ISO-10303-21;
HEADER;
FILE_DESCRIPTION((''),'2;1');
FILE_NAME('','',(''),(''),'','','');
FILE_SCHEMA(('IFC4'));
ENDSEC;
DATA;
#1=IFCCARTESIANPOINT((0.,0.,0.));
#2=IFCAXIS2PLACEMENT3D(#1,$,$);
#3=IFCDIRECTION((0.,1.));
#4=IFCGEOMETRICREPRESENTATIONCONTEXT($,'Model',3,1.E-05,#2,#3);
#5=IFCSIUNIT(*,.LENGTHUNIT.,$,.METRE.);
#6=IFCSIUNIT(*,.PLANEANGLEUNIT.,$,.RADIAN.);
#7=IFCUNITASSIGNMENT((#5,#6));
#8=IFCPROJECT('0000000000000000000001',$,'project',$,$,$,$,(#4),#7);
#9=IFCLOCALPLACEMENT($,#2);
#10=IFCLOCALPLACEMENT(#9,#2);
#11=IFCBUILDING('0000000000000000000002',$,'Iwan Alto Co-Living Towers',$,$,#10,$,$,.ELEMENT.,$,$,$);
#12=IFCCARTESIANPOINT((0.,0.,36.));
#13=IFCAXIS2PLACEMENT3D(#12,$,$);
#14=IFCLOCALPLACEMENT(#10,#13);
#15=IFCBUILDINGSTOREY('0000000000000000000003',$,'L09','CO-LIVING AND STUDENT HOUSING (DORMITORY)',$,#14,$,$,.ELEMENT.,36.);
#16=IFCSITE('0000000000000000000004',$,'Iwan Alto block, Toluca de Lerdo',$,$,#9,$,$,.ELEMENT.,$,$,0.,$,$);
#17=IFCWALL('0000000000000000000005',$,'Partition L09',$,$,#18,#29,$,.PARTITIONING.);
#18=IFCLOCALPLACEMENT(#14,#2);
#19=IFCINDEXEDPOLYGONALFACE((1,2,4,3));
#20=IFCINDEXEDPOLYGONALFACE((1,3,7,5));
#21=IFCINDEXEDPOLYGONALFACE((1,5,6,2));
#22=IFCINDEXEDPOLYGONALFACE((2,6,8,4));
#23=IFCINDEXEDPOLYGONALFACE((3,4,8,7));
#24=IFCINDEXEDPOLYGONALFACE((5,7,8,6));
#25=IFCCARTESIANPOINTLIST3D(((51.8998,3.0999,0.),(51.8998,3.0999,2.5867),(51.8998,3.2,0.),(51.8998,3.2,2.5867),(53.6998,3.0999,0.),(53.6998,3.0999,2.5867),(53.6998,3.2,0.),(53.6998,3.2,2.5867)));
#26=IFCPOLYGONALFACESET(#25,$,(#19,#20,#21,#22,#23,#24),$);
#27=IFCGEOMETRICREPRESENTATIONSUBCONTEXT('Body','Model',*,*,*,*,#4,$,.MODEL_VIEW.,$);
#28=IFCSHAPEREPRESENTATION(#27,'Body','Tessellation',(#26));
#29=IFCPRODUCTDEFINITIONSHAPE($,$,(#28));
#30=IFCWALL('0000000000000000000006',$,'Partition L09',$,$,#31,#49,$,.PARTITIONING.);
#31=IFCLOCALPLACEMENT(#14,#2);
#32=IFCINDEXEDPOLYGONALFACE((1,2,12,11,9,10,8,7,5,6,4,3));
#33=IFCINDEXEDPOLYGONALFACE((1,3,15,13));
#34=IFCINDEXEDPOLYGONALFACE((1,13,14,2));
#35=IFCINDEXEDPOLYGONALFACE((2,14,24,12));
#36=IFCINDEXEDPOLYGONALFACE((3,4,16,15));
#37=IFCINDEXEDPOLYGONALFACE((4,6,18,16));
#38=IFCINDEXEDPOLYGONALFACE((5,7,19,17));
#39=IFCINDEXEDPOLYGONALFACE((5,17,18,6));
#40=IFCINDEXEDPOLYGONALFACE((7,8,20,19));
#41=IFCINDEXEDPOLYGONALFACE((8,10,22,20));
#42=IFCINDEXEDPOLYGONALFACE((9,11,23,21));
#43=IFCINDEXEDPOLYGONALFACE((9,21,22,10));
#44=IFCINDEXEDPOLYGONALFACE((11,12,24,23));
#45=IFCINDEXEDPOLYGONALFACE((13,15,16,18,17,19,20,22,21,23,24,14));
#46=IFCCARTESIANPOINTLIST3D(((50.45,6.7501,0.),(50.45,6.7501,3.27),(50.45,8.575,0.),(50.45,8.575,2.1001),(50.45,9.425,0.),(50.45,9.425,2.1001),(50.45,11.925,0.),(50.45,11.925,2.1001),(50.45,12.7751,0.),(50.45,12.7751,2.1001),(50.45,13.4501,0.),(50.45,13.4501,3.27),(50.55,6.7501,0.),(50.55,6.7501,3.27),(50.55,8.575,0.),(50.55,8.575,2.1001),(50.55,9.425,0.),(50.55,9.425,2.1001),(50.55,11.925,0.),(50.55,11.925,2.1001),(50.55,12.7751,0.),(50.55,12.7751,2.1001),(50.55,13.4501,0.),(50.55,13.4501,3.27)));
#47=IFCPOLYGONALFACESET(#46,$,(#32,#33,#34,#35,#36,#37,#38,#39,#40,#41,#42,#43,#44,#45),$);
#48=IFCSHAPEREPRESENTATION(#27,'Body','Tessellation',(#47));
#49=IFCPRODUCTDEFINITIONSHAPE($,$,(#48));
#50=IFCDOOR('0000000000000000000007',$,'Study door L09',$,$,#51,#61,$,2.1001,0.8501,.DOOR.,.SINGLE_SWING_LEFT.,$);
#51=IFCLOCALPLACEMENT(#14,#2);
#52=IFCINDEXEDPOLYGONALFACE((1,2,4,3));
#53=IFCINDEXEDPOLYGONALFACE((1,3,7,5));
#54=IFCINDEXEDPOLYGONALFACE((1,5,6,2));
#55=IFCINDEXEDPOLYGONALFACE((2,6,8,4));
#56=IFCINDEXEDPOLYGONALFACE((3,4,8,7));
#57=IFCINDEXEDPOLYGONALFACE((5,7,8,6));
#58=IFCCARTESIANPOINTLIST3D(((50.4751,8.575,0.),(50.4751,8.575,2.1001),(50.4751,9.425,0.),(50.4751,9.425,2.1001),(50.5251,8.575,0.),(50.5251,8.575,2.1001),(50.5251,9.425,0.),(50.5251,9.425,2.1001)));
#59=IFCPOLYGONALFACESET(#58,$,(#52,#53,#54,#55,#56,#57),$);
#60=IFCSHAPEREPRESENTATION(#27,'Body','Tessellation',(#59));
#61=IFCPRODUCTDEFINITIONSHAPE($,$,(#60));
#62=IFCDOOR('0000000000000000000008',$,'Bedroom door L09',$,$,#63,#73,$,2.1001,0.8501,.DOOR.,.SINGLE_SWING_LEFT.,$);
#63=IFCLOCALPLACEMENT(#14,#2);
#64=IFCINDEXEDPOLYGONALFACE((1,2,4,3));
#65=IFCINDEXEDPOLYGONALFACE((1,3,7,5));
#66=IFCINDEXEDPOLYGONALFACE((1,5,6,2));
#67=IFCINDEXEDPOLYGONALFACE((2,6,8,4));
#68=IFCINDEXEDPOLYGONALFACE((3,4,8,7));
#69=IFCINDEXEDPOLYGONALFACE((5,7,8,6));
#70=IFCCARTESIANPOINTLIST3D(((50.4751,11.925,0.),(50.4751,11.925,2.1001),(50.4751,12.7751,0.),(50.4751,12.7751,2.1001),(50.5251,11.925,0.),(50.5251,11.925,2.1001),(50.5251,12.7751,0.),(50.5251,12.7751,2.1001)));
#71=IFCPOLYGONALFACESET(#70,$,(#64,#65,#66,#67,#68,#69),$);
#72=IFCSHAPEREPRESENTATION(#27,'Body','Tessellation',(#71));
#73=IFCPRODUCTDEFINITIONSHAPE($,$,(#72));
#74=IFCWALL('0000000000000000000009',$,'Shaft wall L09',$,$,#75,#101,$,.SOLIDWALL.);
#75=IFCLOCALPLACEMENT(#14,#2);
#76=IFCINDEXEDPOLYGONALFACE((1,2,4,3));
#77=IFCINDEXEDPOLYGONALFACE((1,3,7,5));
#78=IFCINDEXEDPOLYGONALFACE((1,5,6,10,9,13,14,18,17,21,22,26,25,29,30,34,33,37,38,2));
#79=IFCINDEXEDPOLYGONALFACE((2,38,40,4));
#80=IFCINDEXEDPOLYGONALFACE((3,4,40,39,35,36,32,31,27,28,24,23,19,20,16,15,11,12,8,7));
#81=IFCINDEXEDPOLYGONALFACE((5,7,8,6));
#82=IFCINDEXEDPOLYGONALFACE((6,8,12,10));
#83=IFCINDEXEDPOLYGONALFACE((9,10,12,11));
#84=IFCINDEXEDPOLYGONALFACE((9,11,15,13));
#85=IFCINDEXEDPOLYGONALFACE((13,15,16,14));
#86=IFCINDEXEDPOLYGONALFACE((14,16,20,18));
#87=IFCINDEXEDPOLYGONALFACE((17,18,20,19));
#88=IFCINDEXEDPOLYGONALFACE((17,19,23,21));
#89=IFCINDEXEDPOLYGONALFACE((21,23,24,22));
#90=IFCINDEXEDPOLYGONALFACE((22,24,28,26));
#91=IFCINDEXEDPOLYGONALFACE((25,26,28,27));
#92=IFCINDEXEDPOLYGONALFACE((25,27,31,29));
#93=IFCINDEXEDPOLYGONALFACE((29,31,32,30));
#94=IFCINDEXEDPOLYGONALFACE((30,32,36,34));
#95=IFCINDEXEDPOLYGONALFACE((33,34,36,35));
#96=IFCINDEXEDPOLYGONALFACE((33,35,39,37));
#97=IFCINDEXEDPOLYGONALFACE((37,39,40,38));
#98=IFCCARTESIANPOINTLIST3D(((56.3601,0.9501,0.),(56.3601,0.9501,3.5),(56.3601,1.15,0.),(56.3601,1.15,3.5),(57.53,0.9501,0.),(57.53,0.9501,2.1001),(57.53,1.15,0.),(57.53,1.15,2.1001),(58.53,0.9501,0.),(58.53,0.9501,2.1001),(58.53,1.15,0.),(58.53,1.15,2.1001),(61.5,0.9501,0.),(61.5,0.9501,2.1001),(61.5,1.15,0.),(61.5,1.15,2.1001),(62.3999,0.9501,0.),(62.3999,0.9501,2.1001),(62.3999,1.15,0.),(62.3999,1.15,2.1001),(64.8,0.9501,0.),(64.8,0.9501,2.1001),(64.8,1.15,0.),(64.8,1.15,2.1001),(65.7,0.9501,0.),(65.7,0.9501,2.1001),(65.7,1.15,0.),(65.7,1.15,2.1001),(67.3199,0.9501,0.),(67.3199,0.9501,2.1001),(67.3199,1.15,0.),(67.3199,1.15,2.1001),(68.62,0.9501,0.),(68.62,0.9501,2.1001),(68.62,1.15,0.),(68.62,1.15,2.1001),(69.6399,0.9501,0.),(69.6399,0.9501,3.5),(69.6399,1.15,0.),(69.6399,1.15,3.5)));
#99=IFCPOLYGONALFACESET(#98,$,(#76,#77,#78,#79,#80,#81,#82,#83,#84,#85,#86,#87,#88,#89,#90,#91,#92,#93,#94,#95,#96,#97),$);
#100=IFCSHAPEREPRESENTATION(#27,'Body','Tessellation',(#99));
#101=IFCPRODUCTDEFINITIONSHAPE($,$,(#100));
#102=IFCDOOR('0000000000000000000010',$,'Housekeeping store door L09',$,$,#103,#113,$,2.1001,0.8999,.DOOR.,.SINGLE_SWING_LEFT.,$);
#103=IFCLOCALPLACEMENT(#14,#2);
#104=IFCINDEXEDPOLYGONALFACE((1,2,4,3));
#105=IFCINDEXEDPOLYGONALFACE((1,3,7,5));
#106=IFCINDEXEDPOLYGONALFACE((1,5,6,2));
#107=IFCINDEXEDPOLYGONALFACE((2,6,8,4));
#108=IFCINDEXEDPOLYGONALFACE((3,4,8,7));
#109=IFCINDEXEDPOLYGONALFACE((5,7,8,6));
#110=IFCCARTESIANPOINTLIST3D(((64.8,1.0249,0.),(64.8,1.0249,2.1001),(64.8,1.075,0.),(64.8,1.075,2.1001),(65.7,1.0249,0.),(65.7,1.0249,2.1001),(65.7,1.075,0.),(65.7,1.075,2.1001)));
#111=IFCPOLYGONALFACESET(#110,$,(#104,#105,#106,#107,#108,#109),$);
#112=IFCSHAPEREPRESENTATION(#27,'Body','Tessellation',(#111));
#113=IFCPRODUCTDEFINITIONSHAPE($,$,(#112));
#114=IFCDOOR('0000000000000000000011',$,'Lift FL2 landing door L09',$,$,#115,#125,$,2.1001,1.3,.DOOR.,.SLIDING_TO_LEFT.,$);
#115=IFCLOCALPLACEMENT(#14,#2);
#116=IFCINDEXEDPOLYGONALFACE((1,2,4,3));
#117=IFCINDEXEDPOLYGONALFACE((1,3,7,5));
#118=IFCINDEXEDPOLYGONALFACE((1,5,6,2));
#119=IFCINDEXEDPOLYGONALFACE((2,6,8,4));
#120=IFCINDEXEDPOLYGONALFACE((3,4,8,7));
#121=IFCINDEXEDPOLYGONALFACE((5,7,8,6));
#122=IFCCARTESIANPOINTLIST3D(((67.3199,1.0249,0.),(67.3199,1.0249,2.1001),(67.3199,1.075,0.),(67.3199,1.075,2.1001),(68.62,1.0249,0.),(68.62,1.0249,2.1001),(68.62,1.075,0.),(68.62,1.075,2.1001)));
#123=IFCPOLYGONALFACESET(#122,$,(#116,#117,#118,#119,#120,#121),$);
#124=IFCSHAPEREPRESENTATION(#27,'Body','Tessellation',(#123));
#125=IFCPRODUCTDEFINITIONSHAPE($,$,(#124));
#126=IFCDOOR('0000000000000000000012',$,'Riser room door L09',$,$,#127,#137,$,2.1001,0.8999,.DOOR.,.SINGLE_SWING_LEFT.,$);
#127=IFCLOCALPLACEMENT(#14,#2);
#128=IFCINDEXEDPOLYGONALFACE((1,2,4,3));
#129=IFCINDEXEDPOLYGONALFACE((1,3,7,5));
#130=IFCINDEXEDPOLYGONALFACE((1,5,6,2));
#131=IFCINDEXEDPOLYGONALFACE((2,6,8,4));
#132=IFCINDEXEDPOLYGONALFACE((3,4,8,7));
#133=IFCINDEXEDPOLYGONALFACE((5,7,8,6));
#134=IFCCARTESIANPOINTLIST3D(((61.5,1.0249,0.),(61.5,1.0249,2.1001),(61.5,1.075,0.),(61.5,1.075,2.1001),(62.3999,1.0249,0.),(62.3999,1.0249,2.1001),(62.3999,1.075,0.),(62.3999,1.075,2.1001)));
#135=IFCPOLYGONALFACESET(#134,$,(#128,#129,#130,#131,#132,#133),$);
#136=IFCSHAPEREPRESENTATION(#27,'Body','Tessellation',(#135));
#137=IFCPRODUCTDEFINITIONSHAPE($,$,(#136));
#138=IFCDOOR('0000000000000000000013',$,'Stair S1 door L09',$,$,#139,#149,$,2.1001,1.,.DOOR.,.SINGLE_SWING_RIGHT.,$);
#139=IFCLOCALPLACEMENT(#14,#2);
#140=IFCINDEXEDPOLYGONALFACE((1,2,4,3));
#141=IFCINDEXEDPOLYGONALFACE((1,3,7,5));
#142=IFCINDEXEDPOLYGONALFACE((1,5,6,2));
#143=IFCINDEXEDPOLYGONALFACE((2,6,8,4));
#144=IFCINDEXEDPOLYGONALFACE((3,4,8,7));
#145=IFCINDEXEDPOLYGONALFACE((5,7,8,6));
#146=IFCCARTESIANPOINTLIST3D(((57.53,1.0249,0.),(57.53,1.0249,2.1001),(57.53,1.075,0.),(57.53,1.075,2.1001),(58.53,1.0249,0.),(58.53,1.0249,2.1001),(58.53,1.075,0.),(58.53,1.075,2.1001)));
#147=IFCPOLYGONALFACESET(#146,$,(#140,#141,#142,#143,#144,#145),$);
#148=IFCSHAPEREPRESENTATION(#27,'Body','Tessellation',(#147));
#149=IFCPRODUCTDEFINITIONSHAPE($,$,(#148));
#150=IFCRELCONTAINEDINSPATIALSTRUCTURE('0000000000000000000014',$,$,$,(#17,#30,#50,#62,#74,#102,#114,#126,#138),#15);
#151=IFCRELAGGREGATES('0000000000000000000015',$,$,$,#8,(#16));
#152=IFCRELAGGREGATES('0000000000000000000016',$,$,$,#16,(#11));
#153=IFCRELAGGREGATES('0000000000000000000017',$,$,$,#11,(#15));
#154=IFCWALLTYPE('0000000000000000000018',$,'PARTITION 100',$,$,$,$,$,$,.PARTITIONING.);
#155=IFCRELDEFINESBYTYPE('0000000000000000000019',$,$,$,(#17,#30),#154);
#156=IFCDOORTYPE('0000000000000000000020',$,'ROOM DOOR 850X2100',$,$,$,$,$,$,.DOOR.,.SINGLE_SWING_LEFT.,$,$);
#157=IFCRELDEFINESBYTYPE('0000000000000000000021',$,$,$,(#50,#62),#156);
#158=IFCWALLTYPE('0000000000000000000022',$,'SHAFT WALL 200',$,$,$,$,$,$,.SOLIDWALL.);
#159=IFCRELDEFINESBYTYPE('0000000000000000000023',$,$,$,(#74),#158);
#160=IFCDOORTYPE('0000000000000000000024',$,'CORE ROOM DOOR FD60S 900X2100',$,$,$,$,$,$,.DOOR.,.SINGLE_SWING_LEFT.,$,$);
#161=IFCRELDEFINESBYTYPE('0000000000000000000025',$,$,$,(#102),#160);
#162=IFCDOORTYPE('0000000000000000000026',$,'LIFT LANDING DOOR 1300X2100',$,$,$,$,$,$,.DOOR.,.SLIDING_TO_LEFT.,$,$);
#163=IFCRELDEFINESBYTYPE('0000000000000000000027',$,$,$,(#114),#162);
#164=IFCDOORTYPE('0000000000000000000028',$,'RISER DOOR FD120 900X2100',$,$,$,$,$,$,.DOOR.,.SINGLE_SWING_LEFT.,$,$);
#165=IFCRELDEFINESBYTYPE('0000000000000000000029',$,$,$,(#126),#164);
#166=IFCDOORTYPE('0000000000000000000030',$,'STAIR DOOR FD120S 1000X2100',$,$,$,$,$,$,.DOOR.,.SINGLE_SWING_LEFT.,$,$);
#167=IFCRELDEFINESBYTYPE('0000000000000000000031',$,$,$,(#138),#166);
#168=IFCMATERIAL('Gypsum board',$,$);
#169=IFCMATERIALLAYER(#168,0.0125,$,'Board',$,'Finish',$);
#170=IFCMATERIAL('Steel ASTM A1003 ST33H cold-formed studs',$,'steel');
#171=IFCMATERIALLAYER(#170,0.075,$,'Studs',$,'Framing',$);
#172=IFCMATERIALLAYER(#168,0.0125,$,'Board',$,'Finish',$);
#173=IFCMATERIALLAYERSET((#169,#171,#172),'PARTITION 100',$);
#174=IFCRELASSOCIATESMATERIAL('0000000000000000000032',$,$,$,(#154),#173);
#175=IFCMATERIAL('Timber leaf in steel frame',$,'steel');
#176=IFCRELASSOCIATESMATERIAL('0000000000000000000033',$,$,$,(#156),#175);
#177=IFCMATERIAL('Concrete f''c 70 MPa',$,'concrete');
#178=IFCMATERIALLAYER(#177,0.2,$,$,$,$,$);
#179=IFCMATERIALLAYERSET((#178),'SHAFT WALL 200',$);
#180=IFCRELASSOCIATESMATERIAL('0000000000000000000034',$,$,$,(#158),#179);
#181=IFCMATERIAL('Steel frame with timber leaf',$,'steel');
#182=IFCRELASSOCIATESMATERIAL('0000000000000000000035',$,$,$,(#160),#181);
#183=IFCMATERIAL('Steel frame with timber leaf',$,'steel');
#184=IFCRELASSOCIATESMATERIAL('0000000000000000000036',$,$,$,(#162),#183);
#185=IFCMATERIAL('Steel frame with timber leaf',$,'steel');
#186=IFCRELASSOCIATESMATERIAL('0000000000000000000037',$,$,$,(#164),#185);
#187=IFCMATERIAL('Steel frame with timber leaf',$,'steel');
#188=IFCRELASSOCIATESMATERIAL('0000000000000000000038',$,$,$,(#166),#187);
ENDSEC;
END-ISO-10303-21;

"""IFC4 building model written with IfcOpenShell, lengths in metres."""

from ifc_helpers import new_model, si_unit, direction, frame, frame_2d, origin, place, context, subcontext, project, spatial, rectangle, extrude, material, layer, layer_set, type_object, element, fill, save


model = new_model("IFC4")

# Units and contexts
model_context = context("Model", 3, precision=1e-05, world=origin(), true_north=direction((0.0, 1.0)))
body_context = subcontext(model_context, "Body", "Model", "MODEL_VIEW")
ifc_project = project(units=[si_unit("LENGTHUNIT", "METRE"), si_unit("PLANEANGLEUNIT", "RADIAN")], contexts=[model_context])

# Site, building, storey
site_placement = place(None, origin())
site = spatial("IfcSite", under=ifc_project, at=site_placement, Name="Iwan Alto block, Toluca de Lerdo", CompositionType="ELEMENT", RefElevation=0.0)
building_placement = place(site_placement, origin())
building = spatial("IfcBuilding", under=site, at=building_placement, Name="Iwan Alto Co-Living Towers", CompositionType="ELEMENT")
storey_placement = place(building_placement, frame((0.0, 0.0, 36.0)))
storey = spatial("IfcBuildingStorey", under=building, at=storey_placement, Name="L09", Description="CO-LIVING AND STUDENT HOUSING (DORMITORY)", CompositionType="ELEMENT", Elevation=36.0)

# Wall
ifc_material_1 = material(Name="Gypsum board")
ifc_layer_1 = layer(ifc_material_1, 0.0125, Name="Board", Category="Finish")
ifc_material_2 = material(Name="Steel ASTM A1003 ST33H cold-formed studs", Category="steel")
ifc_layer_2 = layer(ifc_material_2, 0.075, Name="Studs", Category="Framing")
ifc_layer_3 = layer(ifc_material_1, 0.0125, Name="Board", Category="Finish")
ifc_layer_set_1 = layer_set([ifc_layer_1, ifc_layer_2, ifc_layer_3], Name="PARTITION 100")
wall_type_1 = type_object("IfcWallType", Name="PARTITION 100", PredefinedType="PARTITIONING", material=ifc_layer_set_1)
wall_1_placement = place(storey_placement, frame((51.8999, 3.1499, 0.0), z_axis=(0.0, 0.0, 1.0), x_axis=(1.0, 0.0, 0.0)))
element("IfcWall", 1, at=wall_1_placement, inside=storey, type_object=wall_type_1, Name="Partition L09", PredefinedType="PARTITIONING", context=body_context, shape_type="SweptSolid", body=[
    extrude(rectangle(XDim=1.8, YDim=0.1001, at=frame_2d((0.8999, 0.0))), origin(), (0.0, 0.0, 1.0), 2.5867),
])

# Walls, openings, doors
wall_2_placement = place(storey_placement, frame((50.5, 6.75, 0.0), z_axis=(0.0, 0.0, 1.0), x_axis=(0.0, 1.0, 0.0)))
wall_2 = element("IfcWall", 2, at=wall_2_placement, inside=storey, type_object=wall_type_1, Name="Partition L09", PredefinedType="PARTITIONING", context=body_context, shape_type="SweptSolid", body=[
    extrude(rectangle(XDim=6.7, YDim=0.1001, at=frame_2d((3.3501, 0.0))), origin(), (0.0, 0.0, 1.0), 3.27),
])
opening_1_placement = place(wall_2_placement, frame((1.825, 0.0, 0.0)))
opening_1 = element("IfcOpeningElement", 3, at=opening_1_placement, cuts=wall_2, PredefinedType="OPENING", context=body_context, shape_type="SweptSolid", body=[
    extrude(rectangle(XDim=0.8501, YDim=2.1001, at=frame_2d((0.425, 1.05))), frame((0.0, 0.0601, 0.0), z_axis=(0.0, -1.0, 0.0), x_axis=(1.0, 0.0, 0.0)), (0.0, 0.0, 1.0), 0.1201),
])
opening_2_placement = place(wall_2_placement, frame((5.175, 0.0, 0.0)))
opening_2 = element("IfcOpeningElement", 4, at=opening_2_placement, cuts=wall_2, PredefinedType="OPENING", context=body_context, shape_type="SweptSolid", body=[
    extrude(rectangle(XDim=0.8501, YDim=2.1001, at=frame_2d((0.425, 1.05))), frame((0.0, 0.0601, 0.0), z_axis=(0.0, -1.0, 0.0), x_axis=(1.0, 0.0, 0.0)), (0.0, 0.0, 1.0), 0.1201),
])
ifc_material_3 = material(Name="Timber leaf in steel frame", Category="steel")
door_type_1 = type_object("IfcDoorType", Name="ROOM DOOR 850X2100", OperationType="SINGLE_SWING_LEFT", PredefinedType="DOOR", material=ifc_material_3)
door_1_placement = place(opening_1_placement, origin())
door_1 = element("IfcDoor", 5, at=door_1_placement, inside=storey, type_object=door_type_1, Name="Study door L09", OperationType="SINGLE_SWING_LEFT", OverallHeight=2.1001, OverallWidth=0.8501, PredefinedType="DOOR", context=body_context, shape_type="SweptSolid", body=[
    extrude(rectangle(XDim=0.8501, YDim=2.1001, at=frame_2d((0.425, 1.05))), frame((0.0, 0.0249, 0.0), z_axis=(0.0, -1.0, 0.0), x_axis=(1.0, 0.0, 0.0)), (0.0, 0.0, 1.0), 0.05),
])
fill(opening_1, door_1)
door_2_placement = place(opening_2_placement, origin())
door_2 = element("IfcDoor", 6, at=door_2_placement, inside=storey, type_object=door_type_1, Name="Bedroom door L09", OperationType="SINGLE_SWING_LEFT", OverallHeight=2.1001, OverallWidth=0.8501, PredefinedType="DOOR", context=body_context, shape_type="SweptSolid", body=[
    extrude(rectangle(XDim=0.8501, YDim=2.1001, at=frame_2d((0.425, 1.05))), frame((0.0, 0.0249, 0.0), z_axis=(0.0, -1.0, 0.0), x_axis=(1.0, 0.0, 0.0)), (0.0, 0.0, 1.0), 0.05),
])
fill(opening_2, door_2)
ifc_material_4 = material(Name="Concrete f'c 70 MPa", Category="concrete")
ifc_layer_4 = layer(ifc_material_4, 0.2)
ifc_layer_set_2 = layer_set([ifc_layer_4], Name="SHAFT WALL 200")
wall_type_2 = type_object("IfcWallType", Name="SHAFT WALL 200", PredefinedType="SOLIDWALL", material=ifc_layer_set_2)
wall_3_placement = place(storey_placement, frame((56.3601, 1.05, 0.0), z_axis=(0.0, 0.0, 1.0), x_axis=(1.0, 0.0, 0.0)))
wall_3 = element("IfcWall", 7, at=wall_3_placement, inside=storey, type_object=wall_type_2, Name="Shaft wall L09", PredefinedType="SOLIDWALL", context=body_context, shape_type="SweptSolid", body=[
    extrude(rectangle(XDim=13.2798, YDim=0.2, at=frame_2d((6.6399, 0.0))), origin(), (0.0, 0.0, 1.0), 3.5),
])
opening_3_placement = place(wall_3_placement, frame((1.1699, 0.0, 0.0)))
opening_3 = element("IfcOpeningElement", 8, at=opening_3_placement, cuts=wall_3, PredefinedType="OPENING", context=body_context, shape_type="SweptSolid", body=[
    extrude(rectangle(XDim=1.0, YDim=2.1001, at=frame_2d((0.5, 1.05))), frame((0.0, 0.1099, 0.0), z_axis=(0.0, -1.0, 0.0), x_axis=(1.0, 0.0, 0.0)), (0.0, 0.0, 1.0), 0.22),
])
opening_4_placement = place(wall_3_placement, frame((5.1399, 0.0, 0.0)))
opening_4 = element("IfcOpeningElement", 9, at=opening_4_placement, cuts=wall_3, PredefinedType="OPENING", context=body_context, shape_type="SweptSolid", body=[
    extrude(rectangle(XDim=0.8999, YDim=2.1001, at=frame_2d((0.45, 1.05))), frame((0.0, 0.1099, 0.0), z_axis=(0.0, -1.0, 0.0), x_axis=(1.0, 0.0, 0.0)), (0.0, 0.0, 1.0), 0.22),
])
opening_5_placement = place(wall_3_placement, frame((8.4399, 0.0, 0.0)))
opening_5 = element("IfcOpeningElement", 10, at=opening_5_placement, cuts=wall_3, PredefinedType="OPENING", context=body_context, shape_type="SweptSolid", body=[
    extrude(rectangle(XDim=0.8999, YDim=2.1001, at=frame_2d((0.45, 1.05))), frame((0.0, 0.1099, 0.0), z_axis=(0.0, -1.0, 0.0), x_axis=(1.0, 0.0, 0.0)), (0.0, 0.0, 1.0), 0.22),
])
opening_6_placement = place(wall_3_placement, frame((10.96, 0.0, 0.0)))
opening_6 = element("IfcOpeningElement", 11, at=opening_6_placement, cuts=wall_3, PredefinedType="OPENING", context=body_context, shape_type="SweptSolid", body=[
    extrude(rectangle(XDim=1.3, YDim=2.1001, at=frame_2d((0.6499, 1.05))), frame((0.0, 0.1099, 0.0), z_axis=(0.0, -1.0, 0.0), x_axis=(1.0, 0.0, 0.0)), (0.0, 0.0, 1.0), 0.22),
])
ifc_material_5 = material(Name="Steel frame with timber leaf", Category="steel")
door_type_2 = type_object("IfcDoorType", Name="CORE ROOM DOOR FD60S 900X2100", OperationType="SINGLE_SWING_LEFT", PredefinedType="DOOR", material=ifc_material_5)
door_3_placement = place(opening_5_placement, origin())
door_3 = element("IfcDoor", 12, at=door_3_placement, inside=storey, type_object=door_type_2, Name="Housekeeping store door L09", OperationType="SINGLE_SWING_LEFT", OverallHeight=2.1001, OverallWidth=0.8999, PredefinedType="DOOR", context=body_context, shape_type="SweptSolid", body=[
    extrude(rectangle(XDim=0.8999, YDim=2.1001, at=frame_2d((0.45, 1.05))), frame((0.0, 0.0249, 0.0), z_axis=(0.0, -1.0, 0.0), x_axis=(1.0, 0.0, 0.0)), (0.0, 0.0, 1.0), 0.05),
])
fill(opening_5, door_3)
ifc_material_6 = material(Name="Steel frame with timber leaf", Category="steel")
door_type_3 = type_object("IfcDoorType", Name="LIFT LANDING DOOR 1300X2100", OperationType="SLIDING_TO_LEFT", PredefinedType="DOOR", material=ifc_material_6)
door_4_placement = place(opening_6_placement, origin())
door_4 = element("IfcDoor", 13, at=door_4_placement, inside=storey, type_object=door_type_3, Name="Lift FL2 landing door L09", OperationType="SLIDING_TO_LEFT", OverallHeight=2.1001, OverallWidth=1.3, PredefinedType="DOOR", context=body_context, shape_type="SweptSolid", body=[
    extrude(rectangle(XDim=1.3, YDim=2.1001, at=frame_2d((0.6499, 1.05))), frame((0.0, 0.0249, 0.0), z_axis=(0.0, -1.0, 0.0), x_axis=(1.0, 0.0, 0.0)), (0.0, 0.0, 1.0), 0.05),
])
fill(opening_6, door_4)
ifc_material_7 = material(Name="Steel frame with timber leaf", Category="steel")
door_type_4 = type_object("IfcDoorType", Name="RISER DOOR FD120 900X2100", OperationType="SINGLE_SWING_LEFT", PredefinedType="DOOR", material=ifc_material_7)
door_5_placement = place(opening_4_placement, origin())
door_5 = element("IfcDoor", 14, at=door_5_placement, inside=storey, type_object=door_type_4, Name="Riser room door L09", OperationType="SINGLE_SWING_LEFT", OverallHeight=2.1001, OverallWidth=0.8999, PredefinedType="DOOR", context=body_context, shape_type="SweptSolid", body=[
    extrude(rectangle(XDim=0.8999, YDim=2.1001, at=frame_2d((0.45, 1.05))), frame((0.0, 0.0249, 0.0), z_axis=(0.0, -1.0, 0.0), x_axis=(1.0, 0.0, 0.0)), (0.0, 0.0, 1.0), 0.05),
])
fill(opening_4, door_5)
ifc_material_8 = material(Name="Steel frame with timber leaf", Category="steel")
door_type_5 = type_object("IfcDoorType", Name="STAIR DOOR FD120S 1000X2100", OperationType="SINGLE_SWING_LEFT", PredefinedType="DOOR", material=ifc_material_8)
door_6_placement = place(opening_3_placement, origin())
door_6 = element("IfcDoor", 15, at=door_6_placement, inside=storey, type_object=door_type_5, Name="Stair S1 door L09", OperationType="SINGLE_SWING_RIGHT", OverallHeight=2.1001, OverallWidth=1.0, PredefinedType="DOOR", context=body_context, shape_type="SweptSolid", body=[
    extrude(rectangle(XDim=1.0, YDim=2.1001, at=frame_2d((0.5, 1.05))), frame((0.0, 0.0249, 0.0), z_axis=(0.0, -1.0, 0.0), x_axis=(1.0, 0.0, 0.0)), (0.0, 0.0, 1.0), 0.05),
])
fill(opening_3, door_6)

save(model, "model.ifc")
